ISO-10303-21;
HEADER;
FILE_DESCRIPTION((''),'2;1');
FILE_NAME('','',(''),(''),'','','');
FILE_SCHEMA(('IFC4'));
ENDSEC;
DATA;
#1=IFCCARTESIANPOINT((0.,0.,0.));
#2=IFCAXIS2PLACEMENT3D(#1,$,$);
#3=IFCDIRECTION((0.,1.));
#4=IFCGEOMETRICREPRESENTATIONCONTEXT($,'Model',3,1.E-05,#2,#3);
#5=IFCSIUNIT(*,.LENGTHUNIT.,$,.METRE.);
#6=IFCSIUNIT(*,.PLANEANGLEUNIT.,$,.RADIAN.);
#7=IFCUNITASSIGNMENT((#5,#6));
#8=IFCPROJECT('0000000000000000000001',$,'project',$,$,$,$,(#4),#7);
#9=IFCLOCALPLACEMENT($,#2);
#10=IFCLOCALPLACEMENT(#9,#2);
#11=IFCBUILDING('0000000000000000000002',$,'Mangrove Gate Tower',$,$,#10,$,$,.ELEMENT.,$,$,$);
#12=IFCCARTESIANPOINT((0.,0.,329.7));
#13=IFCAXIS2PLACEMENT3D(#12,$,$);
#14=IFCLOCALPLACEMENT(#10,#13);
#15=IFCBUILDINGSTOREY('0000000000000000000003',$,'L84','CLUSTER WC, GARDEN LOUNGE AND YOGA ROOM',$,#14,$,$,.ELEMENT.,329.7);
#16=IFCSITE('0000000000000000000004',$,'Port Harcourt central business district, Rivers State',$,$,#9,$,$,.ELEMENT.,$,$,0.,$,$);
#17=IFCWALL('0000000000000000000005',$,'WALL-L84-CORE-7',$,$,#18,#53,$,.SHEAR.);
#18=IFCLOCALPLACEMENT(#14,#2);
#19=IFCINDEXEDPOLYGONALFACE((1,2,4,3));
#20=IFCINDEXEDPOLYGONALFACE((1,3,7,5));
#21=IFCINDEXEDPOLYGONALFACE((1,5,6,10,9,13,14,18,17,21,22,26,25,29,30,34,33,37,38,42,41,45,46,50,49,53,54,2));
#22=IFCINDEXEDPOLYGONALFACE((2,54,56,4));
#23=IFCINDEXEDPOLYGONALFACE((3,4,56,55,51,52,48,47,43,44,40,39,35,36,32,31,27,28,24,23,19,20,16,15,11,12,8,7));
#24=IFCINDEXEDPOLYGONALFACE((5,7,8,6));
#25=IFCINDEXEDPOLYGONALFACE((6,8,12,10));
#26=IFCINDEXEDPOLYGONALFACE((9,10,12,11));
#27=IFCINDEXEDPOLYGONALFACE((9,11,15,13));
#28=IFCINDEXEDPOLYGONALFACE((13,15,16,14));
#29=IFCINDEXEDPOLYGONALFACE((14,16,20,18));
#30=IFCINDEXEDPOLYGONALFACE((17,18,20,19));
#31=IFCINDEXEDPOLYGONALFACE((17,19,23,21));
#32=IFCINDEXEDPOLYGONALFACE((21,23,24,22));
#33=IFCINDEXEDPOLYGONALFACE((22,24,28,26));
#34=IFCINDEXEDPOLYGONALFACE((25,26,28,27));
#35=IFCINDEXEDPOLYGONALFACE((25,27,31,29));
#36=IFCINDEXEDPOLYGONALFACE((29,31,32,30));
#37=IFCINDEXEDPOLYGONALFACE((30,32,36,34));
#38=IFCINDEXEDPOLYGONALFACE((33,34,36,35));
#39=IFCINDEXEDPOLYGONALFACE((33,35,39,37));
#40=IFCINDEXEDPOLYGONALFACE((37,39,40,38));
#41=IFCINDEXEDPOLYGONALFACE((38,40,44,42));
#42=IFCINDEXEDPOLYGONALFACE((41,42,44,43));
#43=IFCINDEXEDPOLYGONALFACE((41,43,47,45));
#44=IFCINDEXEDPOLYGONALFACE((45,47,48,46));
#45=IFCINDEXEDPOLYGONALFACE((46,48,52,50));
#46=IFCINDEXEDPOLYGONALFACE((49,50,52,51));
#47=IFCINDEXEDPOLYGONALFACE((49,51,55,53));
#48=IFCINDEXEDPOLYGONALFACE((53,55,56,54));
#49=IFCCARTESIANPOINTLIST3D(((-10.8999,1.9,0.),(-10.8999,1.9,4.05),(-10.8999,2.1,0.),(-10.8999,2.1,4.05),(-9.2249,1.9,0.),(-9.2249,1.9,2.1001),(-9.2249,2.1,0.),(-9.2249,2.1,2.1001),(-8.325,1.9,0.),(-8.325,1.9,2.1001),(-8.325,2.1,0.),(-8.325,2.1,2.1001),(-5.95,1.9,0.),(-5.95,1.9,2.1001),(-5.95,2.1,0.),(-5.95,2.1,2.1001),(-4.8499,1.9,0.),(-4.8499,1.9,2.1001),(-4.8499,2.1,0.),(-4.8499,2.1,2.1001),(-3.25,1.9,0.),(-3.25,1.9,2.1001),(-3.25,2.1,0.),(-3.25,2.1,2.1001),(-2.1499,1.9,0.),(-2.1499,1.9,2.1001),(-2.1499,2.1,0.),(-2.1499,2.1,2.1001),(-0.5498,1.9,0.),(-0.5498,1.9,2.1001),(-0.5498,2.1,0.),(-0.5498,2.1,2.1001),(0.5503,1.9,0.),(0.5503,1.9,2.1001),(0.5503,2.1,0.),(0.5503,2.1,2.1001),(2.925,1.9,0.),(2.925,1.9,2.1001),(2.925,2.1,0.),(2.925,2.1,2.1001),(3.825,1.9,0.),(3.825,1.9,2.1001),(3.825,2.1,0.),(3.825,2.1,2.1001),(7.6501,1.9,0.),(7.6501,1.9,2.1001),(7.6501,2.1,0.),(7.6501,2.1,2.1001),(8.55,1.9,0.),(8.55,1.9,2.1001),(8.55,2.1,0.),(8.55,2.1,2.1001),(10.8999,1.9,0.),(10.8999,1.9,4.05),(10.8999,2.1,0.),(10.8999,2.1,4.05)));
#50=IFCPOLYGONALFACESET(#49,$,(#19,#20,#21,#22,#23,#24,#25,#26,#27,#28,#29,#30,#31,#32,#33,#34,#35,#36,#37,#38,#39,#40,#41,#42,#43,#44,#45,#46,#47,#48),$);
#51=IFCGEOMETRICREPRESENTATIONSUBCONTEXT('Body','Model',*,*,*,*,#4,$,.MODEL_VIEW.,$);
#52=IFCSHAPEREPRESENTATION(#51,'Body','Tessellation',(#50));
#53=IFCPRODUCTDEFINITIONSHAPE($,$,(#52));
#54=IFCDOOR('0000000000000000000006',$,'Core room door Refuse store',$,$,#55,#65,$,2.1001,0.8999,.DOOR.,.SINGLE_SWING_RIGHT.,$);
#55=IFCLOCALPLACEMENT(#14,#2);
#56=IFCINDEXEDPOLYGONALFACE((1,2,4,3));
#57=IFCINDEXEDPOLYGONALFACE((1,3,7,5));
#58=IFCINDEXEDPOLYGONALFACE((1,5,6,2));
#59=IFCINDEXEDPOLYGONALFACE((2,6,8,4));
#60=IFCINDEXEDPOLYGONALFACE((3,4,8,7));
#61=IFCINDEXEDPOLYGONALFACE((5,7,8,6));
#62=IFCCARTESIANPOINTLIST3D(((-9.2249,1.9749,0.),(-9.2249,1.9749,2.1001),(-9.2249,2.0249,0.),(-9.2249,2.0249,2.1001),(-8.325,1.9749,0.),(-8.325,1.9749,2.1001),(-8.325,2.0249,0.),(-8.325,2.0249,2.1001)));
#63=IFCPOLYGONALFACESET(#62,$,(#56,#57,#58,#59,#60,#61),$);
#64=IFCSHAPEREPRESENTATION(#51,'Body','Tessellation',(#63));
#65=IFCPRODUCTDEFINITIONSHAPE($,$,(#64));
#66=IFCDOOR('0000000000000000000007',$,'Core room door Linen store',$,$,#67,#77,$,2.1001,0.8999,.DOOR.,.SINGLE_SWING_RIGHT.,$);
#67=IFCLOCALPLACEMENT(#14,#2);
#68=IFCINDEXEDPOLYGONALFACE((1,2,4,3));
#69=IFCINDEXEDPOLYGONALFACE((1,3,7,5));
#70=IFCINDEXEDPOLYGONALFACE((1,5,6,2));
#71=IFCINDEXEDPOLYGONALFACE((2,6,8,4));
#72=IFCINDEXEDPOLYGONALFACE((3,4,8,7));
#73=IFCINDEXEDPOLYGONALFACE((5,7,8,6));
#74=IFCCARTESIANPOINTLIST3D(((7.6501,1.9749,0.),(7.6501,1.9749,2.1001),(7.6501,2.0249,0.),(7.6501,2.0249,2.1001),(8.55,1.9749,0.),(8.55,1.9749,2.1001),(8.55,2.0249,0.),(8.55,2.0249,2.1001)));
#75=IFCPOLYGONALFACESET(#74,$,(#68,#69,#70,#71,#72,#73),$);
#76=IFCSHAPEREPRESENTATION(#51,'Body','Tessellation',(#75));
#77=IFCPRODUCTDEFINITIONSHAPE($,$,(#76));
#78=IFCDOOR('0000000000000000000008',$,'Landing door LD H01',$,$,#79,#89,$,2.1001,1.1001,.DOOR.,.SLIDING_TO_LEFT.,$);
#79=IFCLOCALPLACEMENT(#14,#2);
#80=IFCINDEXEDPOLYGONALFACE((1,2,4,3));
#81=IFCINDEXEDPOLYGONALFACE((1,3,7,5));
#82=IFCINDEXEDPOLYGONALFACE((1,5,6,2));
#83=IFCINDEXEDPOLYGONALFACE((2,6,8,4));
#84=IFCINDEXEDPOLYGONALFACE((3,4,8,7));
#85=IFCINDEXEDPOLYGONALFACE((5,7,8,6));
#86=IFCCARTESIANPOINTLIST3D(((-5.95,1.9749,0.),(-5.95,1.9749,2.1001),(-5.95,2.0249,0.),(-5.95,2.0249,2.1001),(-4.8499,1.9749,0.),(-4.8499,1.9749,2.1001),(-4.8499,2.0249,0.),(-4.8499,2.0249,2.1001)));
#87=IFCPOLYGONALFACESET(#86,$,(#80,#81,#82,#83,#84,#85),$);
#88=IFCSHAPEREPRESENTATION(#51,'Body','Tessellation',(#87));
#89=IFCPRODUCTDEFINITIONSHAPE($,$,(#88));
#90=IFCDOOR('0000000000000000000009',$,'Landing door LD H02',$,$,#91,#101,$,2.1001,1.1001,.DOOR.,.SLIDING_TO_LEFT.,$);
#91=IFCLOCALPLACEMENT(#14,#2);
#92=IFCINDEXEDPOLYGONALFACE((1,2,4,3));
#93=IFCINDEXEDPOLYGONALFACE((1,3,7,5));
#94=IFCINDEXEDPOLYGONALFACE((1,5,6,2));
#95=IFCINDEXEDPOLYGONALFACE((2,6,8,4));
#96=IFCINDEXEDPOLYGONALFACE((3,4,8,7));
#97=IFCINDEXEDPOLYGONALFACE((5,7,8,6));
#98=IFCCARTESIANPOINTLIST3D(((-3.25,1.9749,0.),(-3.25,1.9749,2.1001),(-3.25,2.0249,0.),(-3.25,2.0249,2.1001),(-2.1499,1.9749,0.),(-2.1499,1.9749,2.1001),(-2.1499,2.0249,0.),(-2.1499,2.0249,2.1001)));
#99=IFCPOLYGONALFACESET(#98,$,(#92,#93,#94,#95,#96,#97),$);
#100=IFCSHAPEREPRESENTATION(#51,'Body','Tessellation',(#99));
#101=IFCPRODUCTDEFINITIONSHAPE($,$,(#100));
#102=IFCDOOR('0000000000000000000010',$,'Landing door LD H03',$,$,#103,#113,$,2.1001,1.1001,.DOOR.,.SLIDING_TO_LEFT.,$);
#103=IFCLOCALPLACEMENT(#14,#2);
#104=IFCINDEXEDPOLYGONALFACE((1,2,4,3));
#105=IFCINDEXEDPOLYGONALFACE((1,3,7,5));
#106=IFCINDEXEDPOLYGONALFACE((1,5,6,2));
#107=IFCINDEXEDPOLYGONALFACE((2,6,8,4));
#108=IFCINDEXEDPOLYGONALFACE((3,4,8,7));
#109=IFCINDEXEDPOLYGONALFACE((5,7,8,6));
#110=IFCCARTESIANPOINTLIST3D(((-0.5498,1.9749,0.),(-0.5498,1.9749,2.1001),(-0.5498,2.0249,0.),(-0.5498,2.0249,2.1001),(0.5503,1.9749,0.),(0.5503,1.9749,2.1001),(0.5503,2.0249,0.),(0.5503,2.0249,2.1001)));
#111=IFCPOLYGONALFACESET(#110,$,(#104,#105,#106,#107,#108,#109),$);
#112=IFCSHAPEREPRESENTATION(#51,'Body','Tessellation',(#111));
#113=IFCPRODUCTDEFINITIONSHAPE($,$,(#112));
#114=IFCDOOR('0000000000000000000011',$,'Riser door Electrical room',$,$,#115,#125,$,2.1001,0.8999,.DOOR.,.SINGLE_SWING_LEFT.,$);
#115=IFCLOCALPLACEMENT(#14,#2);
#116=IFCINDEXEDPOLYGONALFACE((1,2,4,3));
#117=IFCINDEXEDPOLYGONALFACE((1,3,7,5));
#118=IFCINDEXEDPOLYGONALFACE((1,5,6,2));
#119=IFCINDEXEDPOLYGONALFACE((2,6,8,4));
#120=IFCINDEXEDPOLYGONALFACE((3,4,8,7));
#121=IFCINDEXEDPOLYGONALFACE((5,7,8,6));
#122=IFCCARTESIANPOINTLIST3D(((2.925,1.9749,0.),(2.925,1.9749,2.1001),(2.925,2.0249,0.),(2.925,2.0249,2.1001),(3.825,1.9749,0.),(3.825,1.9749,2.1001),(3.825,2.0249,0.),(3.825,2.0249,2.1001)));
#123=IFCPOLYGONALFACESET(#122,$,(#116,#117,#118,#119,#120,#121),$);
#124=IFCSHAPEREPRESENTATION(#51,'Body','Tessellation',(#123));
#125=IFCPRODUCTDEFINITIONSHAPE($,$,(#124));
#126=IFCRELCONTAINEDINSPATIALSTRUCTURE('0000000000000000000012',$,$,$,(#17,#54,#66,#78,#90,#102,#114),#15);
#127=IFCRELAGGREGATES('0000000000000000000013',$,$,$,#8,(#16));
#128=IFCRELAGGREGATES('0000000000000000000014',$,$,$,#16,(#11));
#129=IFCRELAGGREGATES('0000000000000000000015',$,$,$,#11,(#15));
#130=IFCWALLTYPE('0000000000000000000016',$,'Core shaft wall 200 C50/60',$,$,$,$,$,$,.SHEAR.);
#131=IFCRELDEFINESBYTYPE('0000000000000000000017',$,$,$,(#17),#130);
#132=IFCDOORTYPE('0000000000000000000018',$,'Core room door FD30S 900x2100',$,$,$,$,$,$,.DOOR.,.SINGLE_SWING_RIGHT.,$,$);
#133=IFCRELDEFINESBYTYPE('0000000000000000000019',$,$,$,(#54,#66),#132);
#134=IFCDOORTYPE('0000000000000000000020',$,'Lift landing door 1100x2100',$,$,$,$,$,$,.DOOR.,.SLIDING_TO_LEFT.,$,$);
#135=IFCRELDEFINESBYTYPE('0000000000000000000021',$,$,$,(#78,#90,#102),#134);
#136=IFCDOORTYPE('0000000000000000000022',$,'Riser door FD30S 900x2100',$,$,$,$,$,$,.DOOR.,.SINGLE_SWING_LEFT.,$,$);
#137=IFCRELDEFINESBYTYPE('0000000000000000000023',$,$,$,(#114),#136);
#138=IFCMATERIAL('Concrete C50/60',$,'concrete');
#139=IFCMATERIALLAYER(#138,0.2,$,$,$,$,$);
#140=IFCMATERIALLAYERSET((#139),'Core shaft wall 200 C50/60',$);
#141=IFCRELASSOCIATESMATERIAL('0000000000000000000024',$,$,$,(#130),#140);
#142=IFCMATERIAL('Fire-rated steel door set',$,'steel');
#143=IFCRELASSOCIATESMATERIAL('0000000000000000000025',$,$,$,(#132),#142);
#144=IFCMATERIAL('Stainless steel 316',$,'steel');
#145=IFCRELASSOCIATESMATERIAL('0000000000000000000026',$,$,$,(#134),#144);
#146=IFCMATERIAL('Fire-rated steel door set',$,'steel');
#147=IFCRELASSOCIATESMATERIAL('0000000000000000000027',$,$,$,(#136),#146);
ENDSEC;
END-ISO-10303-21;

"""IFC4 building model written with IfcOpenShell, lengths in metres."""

from ifc_helpers import new_model, si_unit, direction, frame, frame_2d, origin, place, context, subcontext, project, spatial, rectangle, extrude, material, layer, layer_set, type_object, element, fill, save


model = new_model("IFC4")

# Units and contexts
model_context = context("Model", 3, precision=1e-05, world=origin(), true_north=direction((0.0, 1.0)))
body_context = subcontext(model_context, "Body", "Model", "MODEL_VIEW")
ifc_project = project(units=[si_unit("LENGTHUNIT", "METRE"), si_unit("PLANEANGLEUNIT", "RADIAN")], contexts=[model_context])

# Site, building, storey
site_placement = place(None, origin())
site = spatial("IfcSite", under=ifc_project, at=site_placement, Name="Port Harcourt central business district, Rivers State", CompositionType="ELEMENT", RefElevation=0.0)
building_placement = place(site_placement, origin())
building = spatial("IfcBuilding", under=site, at=building_placement, Name="Mangrove Gate Tower", CompositionType="ELEMENT")
storey_placement = place(building_placement, frame((0.0, 0.0, 329.7)))
storey = spatial("IfcBuildingStorey", under=building, at=storey_placement, Name="L84", Description="CLUSTER WC, GARDEN LOUNGE AND YOGA ROOM", CompositionType="ELEMENT", Elevation=329.7)

# Wall, openings, doors
ifc_material_1 = material(Name="Concrete C50/60", Category="concrete")
ifc_layer_1 = layer(ifc_material_1, 0.2)
ifc_layer_set_1 = layer_set([ifc_layer_1], Name="Core shaft wall 200 C50/60")
wall_type_1 = type_object("IfcWallType", Name="Core shaft wall 200 C50/60", PredefinedType="SHEAR", material=ifc_layer_set_1)
wall_1_placement = place(storey_placement, frame((-10.8999, 2.0, 0.0), z_axis=(0.0, 0.0, 1.0), x_axis=(1.0, 0.0, 0.0)))
wall_1 = element("IfcWall", 1, at=wall_1_placement, inside=storey, type_object=wall_type_1, Name="WALL-L84-CORE-7", PredefinedType="SHEAR", context=body_context, shape_type="SweptSolid", body=[
    extrude(rectangle(XDim=21.7998, YDim=0.2, at=frame_2d((10.8999, 0.0))), origin(), (0.0, 0.0, 1.0), 4.05),
])
opening_1_placement = place(wall_1_placement, frame((4.95, 0.0, 0.0)))
opening_1 = element("IfcOpeningElement", 2, at=opening_1_placement, cuts=wall_1, PredefinedType="OPENING", context=body_context, shape_type="SweptSolid", body=[
    extrude(rectangle(XDim=1.1001, YDim=2.1001, at=frame_2d((0.55, 1.05))), frame((0.0, 0.1099, 0.0), z_axis=(0.0, -1.0, 0.0), x_axis=(1.0, 0.0, 0.0)), (0.0, 0.0, 1.0), 0.22),
])
opening_2_placement = place(wall_1_placement, frame((7.6499, 0.0, 0.0)))
opening_2 = element("IfcOpeningElement", 3, at=opening_2_placement, cuts=wall_1, PredefinedType="OPENING", context=body_context, shape_type="SweptSolid", body=[
    extrude(rectangle(XDim=1.1001, YDim=2.1001, at=frame_2d((0.55, 1.05))), frame((0.0, 0.1099, 0.0), z_axis=(0.0, -1.0, 0.0), x_axis=(1.0, 0.0, 0.0)), (0.0, 0.0, 1.0), 0.22),
])
opening_3_placement = place(wall_1_placement, frame((10.3501, 0.0, 0.0)))
opening_3 = element("IfcOpeningElement", 4, at=opening_3_placement, cuts=wall_1, PredefinedType="OPENING", context=body_context, shape_type="SweptSolid", body=[
    extrude(rectangle(XDim=1.1001, YDim=2.1001, at=frame_2d((0.55, 1.05))), frame((0.0, 0.1099, 0.0), z_axis=(0.0, -1.0, 0.0), x_axis=(1.0, 0.0, 0.0)), (0.0, 0.0, 1.0), 0.22),
])
opening_4_placement = place(wall_1_placement, frame((1.675, 0.0, 0.0)))
opening_4 = element("IfcOpeningElement", 5, at=opening_4_placement, cuts=wall_1, PredefinedType="OPENING", context=body_context, shape_type="SweptSolid", body=[
    extrude(rectangle(XDim=0.8999, YDim=2.1001, at=frame_2d((0.45, 1.05))), frame((0.0, 0.1099, 0.0), z_axis=(0.0, -1.0, 0.0), x_axis=(1.0, 0.0, 0.0)), (0.0, 0.0, 1.0), 0.22),
])
opening_5_placement = place(wall_1_placement, frame((13.825, 0.0, 0.0)))
opening_5 = element("IfcOpeningElement", 6, at=opening_5_placement, cuts=wall_1, PredefinedType="OPENING", context=body_context, shape_type="SweptSolid", body=[
    extrude(rectangle(XDim=0.8999, YDim=2.1001, at=frame_2d((0.45, 1.05))), frame((0.0, 0.1099, 0.0), z_axis=(0.0, -1.0, 0.0), x_axis=(1.0, 0.0, 0.0)), (0.0, 0.0, 1.0), 0.22),
])
opening_6_placement = place(wall_1_placement, frame((18.55, 0.0, 0.0)))
opening_6 = element("IfcOpeningElement", 7, at=opening_6_placement, cuts=wall_1, PredefinedType="OPENING", context=body_context, shape_type="SweptSolid", body=[
    extrude(rectangle(XDim=0.8999, YDim=2.1001, at=frame_2d((0.45, 1.05))), frame((0.0, 0.1099, 0.0), z_axis=(0.0, -1.0, 0.0), x_axis=(1.0, 0.0, 0.0)), (0.0, 0.0, 1.0), 0.22),
])
ifc_material_2 = material(Name="Fire-rated steel door set", Category="steel")
door_type_1 = type_object("IfcDoorType", Name="Core room door FD30S 900x2100", OperationType="SINGLE_SWING_RIGHT", PredefinedType="DOOR", material=ifc_material_2)
door_1_placement = place(opening_4_placement, origin())
door_1 = element("IfcDoor", 8, at=door_1_placement, inside=storey, type_object=door_type_1, Name="Core room door Refuse store", OperationType="SINGLE_SWING_RIGHT", OverallHeight=2.1001, OverallWidth=0.8999, PredefinedType="DOOR", context=body_context, shape_type="SweptSolid", body=[
    extrude(rectangle(XDim=0.8999, YDim=2.1001, at=frame_2d((0.45, 1.05))), frame((0.0, 0.0249, 0.0), z_axis=(0.0, -1.0, 0.0), x_axis=(1.0, 0.0, 0.0)), (0.0, 0.0, 1.0), 0.05),
])
fill(opening_4, door_1)
door_2_placement = place(opening_6_placement, origin())
door_2 = element("IfcDoor", 9, at=door_2_placement, inside=storey, type_object=door_type_1, Name="Core room door Linen store", OperationType="SINGLE_SWING_RIGHT", OverallHeight=2.1001, OverallWidth=0.8999, PredefinedType="DOOR", context=body_context, shape_type="SweptSolid", body=[
    extrude(rectangle(XDim=0.8999, YDim=2.1001, at=frame_2d((0.45, 1.05))), frame((0.0, 0.0249, 0.0), z_axis=(0.0, -1.0, 0.0), x_axis=(1.0, 0.0, 0.0)), (0.0, 0.0, 1.0), 0.05),
])
fill(opening_6, door_2)
ifc_material_3 = material(Name="Stainless steel 316", Category="steel")
door_type_2 = type_object("IfcDoorType", Name="Lift landing door 1100x2100", OperationType="SLIDING_TO_LEFT", PredefinedType="DOOR", material=ifc_material_3)
door_3_placement = place(opening_1_placement, origin())
door_3 = element("IfcDoor", 10, at=door_3_placement, inside=storey, type_object=door_type_2, Name="Landing door LD H01", OperationType="SLIDING_TO_LEFT", OverallHeight=2.1001, OverallWidth=1.1001, PredefinedType="DOOR", context=body_context, shape_type="SweptSolid", body=[
    extrude(rectangle(XDim=1.1001, YDim=2.1001, at=frame_2d((0.55, 1.05))), frame((0.0, 0.0249, 0.0), z_axis=(0.0, -1.0, 0.0), x_axis=(1.0, 0.0, 0.0)), (0.0, 0.0, 1.0), 0.05),
])
fill(opening_1, door_3)
door_4_placement = place(opening_2_placement, origin())
door_4 = element("IfcDoor", 11, at=door_4_placement, inside=storey, type_object=door_type_2, Name="Landing door LD H02", OperationType="SLIDING_TO_LEFT", OverallHeight=2.1001, OverallWidth=1.1001, PredefinedType="DOOR", context=body_context, shape_type="SweptSolid", body=[
    extrude(rectangle(XDim=1.1001, YDim=2.1001, at=frame_2d((0.55, 1.05))), frame((0.0, 0.0249, 0.0), z_axis=(0.0, -1.0, 0.0), x_axis=(1.0, 0.0, 0.0)), (0.0, 0.0, 1.0), 0.05),
])
fill(opening_2, door_4)
door_5_placement = place(opening_3_placement, origin())
door_5 = element("IfcDoor", 12, at=door_5_placement, inside=storey, type_object=door_type_2, Name="Landing door LD H03", OperationType="SLIDING_TO_LEFT", OverallHeight=2.1001, OverallWidth=1.1001, PredefinedType="DOOR", context=body_context, shape_type="SweptSolid", body=[
    extrude(rectangle(XDim=1.1001, YDim=2.1001, at=frame_2d((0.55, 1.05))), frame((0.0, 0.0249, 0.0), z_axis=(0.0, -1.0, 0.0), x_axis=(1.0, 0.0, 0.0)), (0.0, 0.0, 1.0), 0.05),
])
fill(opening_3, door_5)
ifc_material_4 = material(Name="Fire-rated steel door set", Category="steel")
door_type_3 = type_object("IfcDoorType", Name="Riser door FD30S 900x2100", OperationType="SINGLE_SWING_LEFT", PredefinedType="DOOR", material=ifc_material_4)
door_6_placement = place(opening_5_placement, origin())
door_6 = element("IfcDoor", 13, at=door_6_placement, inside=storey, type_object=door_type_3, Name="Riser door Electrical room", OperationType="SINGLE_SWING_LEFT", OverallHeight=2.1001, OverallWidth=0.8999, PredefinedType="DOOR", context=body_context, shape_type="SweptSolid", body=[
    extrude(rectangle(XDim=0.8999, YDim=2.1001, at=frame_2d((0.45, 1.05))), frame((0.0, 0.0249, 0.0), z_axis=(0.0, -1.0, 0.0), x_axis=(1.0, 0.0, 0.0)), (0.0, 0.0, 1.0), 0.05),
])
fill(opening_5, door_6)

save(model, "model.ifc")
